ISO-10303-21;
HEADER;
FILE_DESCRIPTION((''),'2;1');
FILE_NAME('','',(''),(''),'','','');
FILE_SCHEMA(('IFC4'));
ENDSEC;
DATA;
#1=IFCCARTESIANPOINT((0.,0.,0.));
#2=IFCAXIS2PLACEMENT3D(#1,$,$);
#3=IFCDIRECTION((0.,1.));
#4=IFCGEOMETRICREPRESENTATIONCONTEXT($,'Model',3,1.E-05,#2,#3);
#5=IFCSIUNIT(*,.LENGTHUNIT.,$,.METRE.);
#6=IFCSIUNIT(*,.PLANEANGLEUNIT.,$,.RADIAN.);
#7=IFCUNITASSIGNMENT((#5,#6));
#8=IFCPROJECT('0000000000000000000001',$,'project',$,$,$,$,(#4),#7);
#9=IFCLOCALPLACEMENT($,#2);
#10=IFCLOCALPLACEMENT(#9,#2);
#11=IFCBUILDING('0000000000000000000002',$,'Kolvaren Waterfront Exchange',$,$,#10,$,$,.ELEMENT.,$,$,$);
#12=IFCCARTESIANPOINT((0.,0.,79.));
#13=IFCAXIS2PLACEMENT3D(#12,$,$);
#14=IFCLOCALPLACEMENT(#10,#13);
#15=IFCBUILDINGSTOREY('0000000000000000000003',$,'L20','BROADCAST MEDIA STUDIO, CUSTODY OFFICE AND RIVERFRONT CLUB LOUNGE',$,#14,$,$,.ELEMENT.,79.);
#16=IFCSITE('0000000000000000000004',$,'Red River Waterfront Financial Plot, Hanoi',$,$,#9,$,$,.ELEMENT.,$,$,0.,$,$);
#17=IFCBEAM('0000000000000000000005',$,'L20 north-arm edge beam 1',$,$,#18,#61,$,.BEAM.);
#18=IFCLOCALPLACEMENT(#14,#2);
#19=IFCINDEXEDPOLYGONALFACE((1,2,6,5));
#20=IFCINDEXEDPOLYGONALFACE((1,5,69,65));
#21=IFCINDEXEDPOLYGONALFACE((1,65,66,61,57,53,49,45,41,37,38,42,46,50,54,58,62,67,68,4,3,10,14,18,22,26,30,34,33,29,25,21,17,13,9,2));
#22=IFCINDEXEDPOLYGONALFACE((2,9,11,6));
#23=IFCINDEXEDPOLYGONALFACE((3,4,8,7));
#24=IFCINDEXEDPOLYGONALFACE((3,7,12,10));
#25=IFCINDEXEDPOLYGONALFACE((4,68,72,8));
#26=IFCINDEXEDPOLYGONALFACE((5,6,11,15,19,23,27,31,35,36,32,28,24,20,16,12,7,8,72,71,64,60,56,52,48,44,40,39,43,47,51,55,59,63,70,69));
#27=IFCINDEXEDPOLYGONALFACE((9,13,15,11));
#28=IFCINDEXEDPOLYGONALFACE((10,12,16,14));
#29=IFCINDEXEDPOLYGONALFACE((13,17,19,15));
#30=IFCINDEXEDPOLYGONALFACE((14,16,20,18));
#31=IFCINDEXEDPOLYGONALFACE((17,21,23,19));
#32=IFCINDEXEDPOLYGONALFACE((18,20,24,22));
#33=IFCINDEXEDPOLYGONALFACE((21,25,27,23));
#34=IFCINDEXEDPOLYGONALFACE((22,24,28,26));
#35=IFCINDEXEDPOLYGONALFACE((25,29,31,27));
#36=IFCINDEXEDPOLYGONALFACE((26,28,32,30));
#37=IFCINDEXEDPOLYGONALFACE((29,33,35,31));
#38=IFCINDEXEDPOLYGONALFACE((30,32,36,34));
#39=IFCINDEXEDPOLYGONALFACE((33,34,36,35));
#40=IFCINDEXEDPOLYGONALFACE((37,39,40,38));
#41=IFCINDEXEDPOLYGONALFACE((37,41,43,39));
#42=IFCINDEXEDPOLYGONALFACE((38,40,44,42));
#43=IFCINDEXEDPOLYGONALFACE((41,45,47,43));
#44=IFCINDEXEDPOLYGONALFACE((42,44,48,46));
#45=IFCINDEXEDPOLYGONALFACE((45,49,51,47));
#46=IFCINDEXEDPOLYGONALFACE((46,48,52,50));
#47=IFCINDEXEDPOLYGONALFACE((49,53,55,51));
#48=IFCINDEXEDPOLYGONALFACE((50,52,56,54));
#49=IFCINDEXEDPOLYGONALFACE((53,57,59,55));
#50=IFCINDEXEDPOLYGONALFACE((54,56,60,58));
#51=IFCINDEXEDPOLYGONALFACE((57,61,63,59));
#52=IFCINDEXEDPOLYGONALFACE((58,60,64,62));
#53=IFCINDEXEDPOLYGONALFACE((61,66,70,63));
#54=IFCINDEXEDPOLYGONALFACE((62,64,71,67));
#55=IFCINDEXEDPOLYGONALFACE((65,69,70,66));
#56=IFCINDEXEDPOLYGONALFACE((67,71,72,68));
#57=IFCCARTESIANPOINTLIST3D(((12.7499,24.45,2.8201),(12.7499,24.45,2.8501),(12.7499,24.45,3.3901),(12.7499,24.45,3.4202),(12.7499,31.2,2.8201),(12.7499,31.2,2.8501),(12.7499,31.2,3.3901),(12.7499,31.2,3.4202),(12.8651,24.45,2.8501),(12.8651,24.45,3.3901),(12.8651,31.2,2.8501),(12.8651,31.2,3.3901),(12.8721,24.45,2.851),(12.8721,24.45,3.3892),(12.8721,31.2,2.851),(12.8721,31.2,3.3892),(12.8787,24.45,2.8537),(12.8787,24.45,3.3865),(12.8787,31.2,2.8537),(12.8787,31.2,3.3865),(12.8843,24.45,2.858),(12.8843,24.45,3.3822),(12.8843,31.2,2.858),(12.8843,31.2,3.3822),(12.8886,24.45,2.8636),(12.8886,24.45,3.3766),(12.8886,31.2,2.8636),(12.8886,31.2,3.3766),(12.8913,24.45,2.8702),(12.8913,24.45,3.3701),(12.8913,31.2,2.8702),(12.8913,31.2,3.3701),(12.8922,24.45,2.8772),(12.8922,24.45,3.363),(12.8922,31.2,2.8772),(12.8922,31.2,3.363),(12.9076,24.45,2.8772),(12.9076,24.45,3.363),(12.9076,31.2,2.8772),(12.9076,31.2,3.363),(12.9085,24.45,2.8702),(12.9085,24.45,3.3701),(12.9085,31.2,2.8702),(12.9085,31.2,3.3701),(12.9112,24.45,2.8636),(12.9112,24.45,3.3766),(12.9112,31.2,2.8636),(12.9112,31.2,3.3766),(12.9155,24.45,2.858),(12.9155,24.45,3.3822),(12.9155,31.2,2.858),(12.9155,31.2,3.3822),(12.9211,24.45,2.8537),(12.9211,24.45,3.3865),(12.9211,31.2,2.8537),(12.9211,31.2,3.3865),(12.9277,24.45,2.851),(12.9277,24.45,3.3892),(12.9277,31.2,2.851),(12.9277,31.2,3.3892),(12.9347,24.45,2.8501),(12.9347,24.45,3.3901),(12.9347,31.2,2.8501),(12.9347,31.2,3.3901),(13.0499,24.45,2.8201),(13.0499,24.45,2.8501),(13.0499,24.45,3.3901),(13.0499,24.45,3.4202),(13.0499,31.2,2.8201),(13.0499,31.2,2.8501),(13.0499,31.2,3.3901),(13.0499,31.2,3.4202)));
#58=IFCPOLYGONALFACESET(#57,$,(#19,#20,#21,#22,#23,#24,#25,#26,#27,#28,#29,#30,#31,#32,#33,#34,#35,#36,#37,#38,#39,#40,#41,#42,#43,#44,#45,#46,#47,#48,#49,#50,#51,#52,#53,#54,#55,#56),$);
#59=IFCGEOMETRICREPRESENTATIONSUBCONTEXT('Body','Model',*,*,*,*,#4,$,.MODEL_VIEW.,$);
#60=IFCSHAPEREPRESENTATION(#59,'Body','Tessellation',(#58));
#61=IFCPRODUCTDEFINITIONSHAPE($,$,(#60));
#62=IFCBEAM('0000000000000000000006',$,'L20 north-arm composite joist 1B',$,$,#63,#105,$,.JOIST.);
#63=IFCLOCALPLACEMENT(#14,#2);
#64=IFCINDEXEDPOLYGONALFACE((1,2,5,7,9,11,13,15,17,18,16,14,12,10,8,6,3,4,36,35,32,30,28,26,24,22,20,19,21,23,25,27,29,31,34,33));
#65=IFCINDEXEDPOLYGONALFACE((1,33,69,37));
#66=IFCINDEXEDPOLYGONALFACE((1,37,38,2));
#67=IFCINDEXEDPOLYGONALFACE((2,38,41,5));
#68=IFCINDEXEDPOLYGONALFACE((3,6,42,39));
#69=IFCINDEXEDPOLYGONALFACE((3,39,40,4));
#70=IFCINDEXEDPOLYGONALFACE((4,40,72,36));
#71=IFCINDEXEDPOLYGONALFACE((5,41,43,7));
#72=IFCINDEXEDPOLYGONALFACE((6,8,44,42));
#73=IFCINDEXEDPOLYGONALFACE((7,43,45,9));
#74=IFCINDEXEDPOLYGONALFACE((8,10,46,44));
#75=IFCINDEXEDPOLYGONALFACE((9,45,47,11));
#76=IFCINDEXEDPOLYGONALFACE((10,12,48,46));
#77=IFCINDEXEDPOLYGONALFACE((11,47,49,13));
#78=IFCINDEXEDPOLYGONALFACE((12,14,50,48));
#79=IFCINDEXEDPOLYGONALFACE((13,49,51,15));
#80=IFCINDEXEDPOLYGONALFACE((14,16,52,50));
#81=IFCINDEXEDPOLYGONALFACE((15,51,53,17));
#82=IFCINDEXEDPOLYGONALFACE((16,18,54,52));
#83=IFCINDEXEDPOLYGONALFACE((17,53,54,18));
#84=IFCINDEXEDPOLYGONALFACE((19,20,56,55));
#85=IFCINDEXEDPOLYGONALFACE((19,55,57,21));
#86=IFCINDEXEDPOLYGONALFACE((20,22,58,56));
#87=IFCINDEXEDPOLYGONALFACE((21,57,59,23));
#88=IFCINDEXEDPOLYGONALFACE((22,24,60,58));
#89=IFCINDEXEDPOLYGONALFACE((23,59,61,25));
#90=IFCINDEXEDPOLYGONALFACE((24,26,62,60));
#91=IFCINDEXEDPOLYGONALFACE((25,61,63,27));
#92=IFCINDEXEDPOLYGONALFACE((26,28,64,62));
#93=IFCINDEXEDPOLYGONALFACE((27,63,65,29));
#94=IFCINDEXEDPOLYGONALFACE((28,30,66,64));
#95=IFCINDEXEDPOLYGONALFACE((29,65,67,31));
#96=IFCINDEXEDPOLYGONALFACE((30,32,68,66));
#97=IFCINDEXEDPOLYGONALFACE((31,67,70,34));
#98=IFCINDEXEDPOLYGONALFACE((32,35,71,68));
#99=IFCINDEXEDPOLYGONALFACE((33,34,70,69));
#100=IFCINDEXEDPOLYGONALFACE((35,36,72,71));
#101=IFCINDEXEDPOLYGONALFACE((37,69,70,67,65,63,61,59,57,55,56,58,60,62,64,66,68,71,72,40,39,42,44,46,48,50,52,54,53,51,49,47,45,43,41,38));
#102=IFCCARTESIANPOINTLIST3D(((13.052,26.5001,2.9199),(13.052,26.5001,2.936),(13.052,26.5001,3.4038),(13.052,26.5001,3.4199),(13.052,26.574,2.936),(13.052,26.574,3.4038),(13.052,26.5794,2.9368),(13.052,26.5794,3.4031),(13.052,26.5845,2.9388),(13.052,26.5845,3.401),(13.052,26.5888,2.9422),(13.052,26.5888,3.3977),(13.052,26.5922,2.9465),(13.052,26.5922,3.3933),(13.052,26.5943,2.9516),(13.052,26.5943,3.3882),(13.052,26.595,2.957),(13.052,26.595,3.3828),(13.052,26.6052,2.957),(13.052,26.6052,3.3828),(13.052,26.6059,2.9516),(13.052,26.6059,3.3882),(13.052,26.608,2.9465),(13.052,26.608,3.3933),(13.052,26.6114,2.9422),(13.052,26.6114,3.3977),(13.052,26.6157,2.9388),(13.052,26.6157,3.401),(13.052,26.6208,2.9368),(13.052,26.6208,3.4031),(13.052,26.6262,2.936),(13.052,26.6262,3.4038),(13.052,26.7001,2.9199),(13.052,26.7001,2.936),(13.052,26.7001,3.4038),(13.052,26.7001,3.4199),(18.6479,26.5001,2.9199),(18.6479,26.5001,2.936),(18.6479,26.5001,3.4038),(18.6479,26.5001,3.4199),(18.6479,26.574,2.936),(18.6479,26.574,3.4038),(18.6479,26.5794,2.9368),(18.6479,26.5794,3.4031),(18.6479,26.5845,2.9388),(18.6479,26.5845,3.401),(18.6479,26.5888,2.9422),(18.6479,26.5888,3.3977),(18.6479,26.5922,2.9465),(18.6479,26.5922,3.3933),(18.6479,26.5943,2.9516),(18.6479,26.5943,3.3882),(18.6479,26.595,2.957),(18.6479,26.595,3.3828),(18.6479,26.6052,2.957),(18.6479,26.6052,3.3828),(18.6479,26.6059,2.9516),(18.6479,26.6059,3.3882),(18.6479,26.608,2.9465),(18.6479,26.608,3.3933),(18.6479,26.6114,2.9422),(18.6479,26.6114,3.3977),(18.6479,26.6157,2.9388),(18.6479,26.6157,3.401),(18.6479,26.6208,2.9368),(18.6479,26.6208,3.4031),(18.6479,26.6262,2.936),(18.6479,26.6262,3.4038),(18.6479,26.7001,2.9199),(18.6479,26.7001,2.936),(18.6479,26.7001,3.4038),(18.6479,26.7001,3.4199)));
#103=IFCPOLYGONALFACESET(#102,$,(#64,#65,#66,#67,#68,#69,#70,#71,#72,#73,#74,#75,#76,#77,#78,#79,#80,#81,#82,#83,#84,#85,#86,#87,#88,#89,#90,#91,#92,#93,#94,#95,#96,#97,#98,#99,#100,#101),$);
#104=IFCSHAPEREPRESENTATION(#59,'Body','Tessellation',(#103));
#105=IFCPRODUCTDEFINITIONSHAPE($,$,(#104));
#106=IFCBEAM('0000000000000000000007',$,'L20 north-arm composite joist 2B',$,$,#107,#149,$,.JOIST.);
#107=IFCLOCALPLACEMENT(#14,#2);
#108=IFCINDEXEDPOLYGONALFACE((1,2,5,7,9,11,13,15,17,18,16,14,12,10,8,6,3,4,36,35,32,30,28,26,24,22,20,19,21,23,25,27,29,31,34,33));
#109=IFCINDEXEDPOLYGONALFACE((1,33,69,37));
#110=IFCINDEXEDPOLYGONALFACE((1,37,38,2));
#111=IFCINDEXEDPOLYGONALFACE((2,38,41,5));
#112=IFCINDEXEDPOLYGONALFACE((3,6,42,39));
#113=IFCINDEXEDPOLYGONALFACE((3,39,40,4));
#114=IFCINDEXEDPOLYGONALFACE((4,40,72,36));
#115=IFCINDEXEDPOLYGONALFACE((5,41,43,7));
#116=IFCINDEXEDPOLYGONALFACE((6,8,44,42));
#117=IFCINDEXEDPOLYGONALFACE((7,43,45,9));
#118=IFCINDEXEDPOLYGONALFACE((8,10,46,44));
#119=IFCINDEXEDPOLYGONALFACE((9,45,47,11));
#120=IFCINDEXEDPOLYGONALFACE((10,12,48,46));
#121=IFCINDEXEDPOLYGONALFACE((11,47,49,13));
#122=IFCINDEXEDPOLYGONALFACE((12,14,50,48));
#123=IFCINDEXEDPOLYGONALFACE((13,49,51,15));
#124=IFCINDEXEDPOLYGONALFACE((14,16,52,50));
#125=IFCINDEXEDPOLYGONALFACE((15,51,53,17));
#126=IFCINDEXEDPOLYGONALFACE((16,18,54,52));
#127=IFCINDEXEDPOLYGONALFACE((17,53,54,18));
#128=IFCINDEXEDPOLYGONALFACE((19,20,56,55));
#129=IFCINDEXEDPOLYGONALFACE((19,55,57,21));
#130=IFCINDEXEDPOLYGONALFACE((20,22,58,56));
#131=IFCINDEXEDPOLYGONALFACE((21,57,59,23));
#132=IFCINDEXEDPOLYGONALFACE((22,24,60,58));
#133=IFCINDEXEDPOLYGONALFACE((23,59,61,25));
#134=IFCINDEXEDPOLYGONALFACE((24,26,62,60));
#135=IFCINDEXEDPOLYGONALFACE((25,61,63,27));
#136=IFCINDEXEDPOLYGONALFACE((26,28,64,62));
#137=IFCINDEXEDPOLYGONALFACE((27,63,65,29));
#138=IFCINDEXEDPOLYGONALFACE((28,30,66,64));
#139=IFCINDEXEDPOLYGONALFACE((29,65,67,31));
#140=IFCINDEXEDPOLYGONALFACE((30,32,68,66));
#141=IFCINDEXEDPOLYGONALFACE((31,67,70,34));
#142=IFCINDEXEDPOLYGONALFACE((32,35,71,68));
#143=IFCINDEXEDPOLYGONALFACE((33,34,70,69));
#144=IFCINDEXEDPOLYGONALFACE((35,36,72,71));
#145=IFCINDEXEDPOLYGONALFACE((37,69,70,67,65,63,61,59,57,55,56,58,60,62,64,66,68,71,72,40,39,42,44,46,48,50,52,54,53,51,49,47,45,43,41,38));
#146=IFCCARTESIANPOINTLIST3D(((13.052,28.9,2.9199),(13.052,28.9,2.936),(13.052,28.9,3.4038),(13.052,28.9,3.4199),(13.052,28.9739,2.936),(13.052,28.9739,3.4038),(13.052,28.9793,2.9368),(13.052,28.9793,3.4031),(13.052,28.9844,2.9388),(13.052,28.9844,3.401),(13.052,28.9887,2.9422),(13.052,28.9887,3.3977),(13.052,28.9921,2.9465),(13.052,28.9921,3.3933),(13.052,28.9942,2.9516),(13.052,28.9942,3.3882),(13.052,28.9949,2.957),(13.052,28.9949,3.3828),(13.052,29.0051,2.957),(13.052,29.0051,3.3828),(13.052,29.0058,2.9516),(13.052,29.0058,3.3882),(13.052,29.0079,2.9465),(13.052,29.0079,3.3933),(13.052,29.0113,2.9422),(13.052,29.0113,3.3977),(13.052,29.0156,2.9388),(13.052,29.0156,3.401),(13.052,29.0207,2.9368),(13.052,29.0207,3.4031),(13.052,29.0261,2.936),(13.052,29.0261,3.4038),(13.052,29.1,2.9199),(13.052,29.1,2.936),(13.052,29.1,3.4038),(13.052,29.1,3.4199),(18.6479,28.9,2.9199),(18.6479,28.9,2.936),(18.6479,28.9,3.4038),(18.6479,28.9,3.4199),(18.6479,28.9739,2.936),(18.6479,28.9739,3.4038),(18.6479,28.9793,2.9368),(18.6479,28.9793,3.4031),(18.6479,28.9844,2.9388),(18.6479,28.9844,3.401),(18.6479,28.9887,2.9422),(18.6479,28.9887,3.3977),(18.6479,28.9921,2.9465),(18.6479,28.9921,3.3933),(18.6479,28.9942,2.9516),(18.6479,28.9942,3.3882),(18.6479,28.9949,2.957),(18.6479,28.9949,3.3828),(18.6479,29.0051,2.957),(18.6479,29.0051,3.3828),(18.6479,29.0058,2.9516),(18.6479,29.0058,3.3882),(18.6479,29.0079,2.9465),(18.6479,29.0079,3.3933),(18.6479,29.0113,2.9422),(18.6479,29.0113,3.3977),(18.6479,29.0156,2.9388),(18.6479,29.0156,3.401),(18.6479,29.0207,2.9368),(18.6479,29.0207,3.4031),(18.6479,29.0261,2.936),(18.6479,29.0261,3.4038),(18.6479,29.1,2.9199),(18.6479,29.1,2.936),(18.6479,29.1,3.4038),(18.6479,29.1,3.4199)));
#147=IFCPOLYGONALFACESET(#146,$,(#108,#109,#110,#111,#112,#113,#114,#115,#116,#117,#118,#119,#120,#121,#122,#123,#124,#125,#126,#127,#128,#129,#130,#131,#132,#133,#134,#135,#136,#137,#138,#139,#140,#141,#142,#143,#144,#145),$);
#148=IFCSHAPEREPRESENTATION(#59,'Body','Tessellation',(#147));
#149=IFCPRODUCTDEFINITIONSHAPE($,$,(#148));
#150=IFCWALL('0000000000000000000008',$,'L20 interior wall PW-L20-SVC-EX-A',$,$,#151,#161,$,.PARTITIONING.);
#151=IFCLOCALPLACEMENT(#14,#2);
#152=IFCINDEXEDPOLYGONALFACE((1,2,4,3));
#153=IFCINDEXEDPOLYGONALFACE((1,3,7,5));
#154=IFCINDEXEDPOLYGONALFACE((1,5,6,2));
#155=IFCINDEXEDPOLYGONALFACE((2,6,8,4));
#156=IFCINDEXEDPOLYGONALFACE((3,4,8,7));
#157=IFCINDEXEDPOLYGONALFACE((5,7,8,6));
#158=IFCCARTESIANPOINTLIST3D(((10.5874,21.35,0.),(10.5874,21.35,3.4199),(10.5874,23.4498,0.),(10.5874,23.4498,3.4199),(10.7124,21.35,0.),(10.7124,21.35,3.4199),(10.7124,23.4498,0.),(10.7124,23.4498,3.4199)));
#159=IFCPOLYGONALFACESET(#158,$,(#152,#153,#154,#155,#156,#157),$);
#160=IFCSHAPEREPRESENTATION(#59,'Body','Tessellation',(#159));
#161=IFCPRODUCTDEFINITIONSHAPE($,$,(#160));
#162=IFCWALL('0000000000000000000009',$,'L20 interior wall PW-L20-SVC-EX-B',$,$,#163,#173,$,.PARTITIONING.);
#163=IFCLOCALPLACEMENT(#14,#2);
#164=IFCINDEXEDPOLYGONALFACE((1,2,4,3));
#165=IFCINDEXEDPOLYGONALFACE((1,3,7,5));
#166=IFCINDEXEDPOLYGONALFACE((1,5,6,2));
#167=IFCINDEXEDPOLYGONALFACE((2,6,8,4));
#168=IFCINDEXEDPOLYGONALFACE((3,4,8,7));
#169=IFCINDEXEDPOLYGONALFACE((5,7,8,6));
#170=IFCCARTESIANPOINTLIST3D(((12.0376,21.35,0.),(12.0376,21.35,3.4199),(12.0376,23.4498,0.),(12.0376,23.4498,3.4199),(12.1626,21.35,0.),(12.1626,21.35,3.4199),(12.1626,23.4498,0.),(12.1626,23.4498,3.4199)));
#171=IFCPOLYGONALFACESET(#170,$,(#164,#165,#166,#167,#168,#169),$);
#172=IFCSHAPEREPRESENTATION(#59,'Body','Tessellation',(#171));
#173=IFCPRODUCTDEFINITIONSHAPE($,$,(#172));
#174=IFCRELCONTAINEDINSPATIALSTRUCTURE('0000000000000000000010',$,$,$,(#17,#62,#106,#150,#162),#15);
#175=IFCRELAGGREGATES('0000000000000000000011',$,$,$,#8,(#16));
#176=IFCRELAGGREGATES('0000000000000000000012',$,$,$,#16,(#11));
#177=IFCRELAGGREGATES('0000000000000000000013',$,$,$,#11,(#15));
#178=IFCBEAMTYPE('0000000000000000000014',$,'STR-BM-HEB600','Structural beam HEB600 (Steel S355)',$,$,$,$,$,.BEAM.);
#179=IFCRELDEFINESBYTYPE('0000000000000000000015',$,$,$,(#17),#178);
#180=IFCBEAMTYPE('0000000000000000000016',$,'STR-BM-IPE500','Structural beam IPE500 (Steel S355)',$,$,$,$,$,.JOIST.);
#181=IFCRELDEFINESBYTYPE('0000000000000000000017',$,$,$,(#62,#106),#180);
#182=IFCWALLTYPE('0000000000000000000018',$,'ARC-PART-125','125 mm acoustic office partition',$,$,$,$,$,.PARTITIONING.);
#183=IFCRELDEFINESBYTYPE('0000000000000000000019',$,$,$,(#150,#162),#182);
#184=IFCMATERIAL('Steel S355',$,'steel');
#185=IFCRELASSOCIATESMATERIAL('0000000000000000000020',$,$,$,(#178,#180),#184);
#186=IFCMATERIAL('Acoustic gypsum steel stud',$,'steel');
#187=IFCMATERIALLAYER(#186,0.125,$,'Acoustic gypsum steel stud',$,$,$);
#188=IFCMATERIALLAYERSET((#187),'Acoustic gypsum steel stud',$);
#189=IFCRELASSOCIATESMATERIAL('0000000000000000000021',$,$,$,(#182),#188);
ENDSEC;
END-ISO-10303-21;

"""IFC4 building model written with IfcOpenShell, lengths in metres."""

from ifc_helpers import new_model, si_unit, direction, frame, frame_2d, origin, origin_2d, place, context, subcontext, project, spatial, rectangle, i_section, extrude, material, layer, layer_set, material_profile, profile_set, type_object, element, save


model = new_model("IFC4")

# Units and contexts
model_context = context("Model", 3, precision=1e-05, world=origin(), true_north=direction((0.0, 1.0)))
body_context = subcontext(model_context, "Body", "Model", "MODEL_VIEW")
ifc_project = project(units=[si_unit("LENGTHUNIT", "METRE"), si_unit("PLANEANGLEUNIT", "RADIAN")], contexts=[model_context])

# Site, building, storey
site_placement = place(None, origin())
site = spatial("IfcSite", under=ifc_project, at=site_placement, Name="Red River Waterfront Financial Plot, Hanoi", CompositionType="ELEMENT", RefElevation=0.0)
building_placement = place(site_placement, origin())
building = spatial("IfcBuilding", under=site, at=building_placement, Name="Kolvaren Waterfront Exchange", CompositionType="ELEMENT")
storey_placement = place(building_placement, frame((0.0, 0.0, 79.0)))
storey = spatial("IfcBuildingStorey", under=building, at=storey_placement, Name="L20", Description="BROADCAST MEDIA STUDIO, CUSTODY OFFICE AND RIVERFRONT CLUB LOUNGE", CompositionType="ELEMENT", Elevation=79.0)

# Beams
ifc_material_1 = material(Name="Steel S355", Category="steel")
ifc_material_profile_1 = material_profile(ifc_material_1, i_section(OverallWidth=0.3, OverallDepth=0.6001, WebThickness=0.0154, FlangeThickness=0.03, FilletRadius=0.0271, at=origin_2d()), Name="HEB600")
ifc_profile_set_1 = profile_set([ifc_material_profile_1], Name="Steel S355")
beam_type_1 = type_object("IfcBeamType", Name="STR-BM-HEB600", Description="Structural beam HEB600 (Steel S355)", PredefinedType="BEAM", material=ifc_profile_set_1)
beam_1_placement = place(storey_placement, frame((12.8999, 24.45, 3.1201), z_axis=(0.0, 1.0, 0.0), x_axis=(-1.0, 0.0, 0.0)))
element("IfcBeam", 1, at=beam_1_placement, inside=storey, type_object=beam_type_1, Name="L20 north-arm edge beam 1", PredefinedType="BEAM", context=body_context, shape_type="SweptSolid", body=[
    extrude(i_section(OverallWidth=0.3, OverallDepth=0.6001, WebThickness=0.0154, FlangeThickness=0.03, FilletRadius=0.0271, at=origin_2d()), origin(), (0.0, 0.0, 1.0), 6.75),
])
ifc_material_profile_2 = material_profile(ifc_material_1, i_section(OverallWidth=0.2, OverallDepth=0.5, WebThickness=0.0103, FlangeThickness=0.0161, FilletRadius=0.021, at=origin_2d()), Name="IPE500")
ifc_profile_set_2 = profile_set([ifc_material_profile_2], Name="Steel S355")
beam_type_2 = type_object("IfcBeamType", Name="STR-BM-IPE500", Description="Structural beam IPE500 (Steel S355)", PredefinedType="JOIST", material=ifc_profile_set_2)
for number, where, z_axis, x_axis, name in (
    (2, (13.052, 26.6001, 3.1699), (1.0, 0.0, 0.0), (0.0, 1.0, 0.0), "L20 north-arm composite joist 1B"),
    (3, (13.052, 29.0, 3.1699), (1.0, 0.0, 0.0), (0.0, 1.0, 0.0), "L20 north-arm composite joist 2B"),
):
    element("IfcBeam", number, at=place(storey_placement, frame(where, z_axis=z_axis, x_axis=x_axis)), inside=storey, type_object=beam_type_2, Name=name, PredefinedType="JOIST", context=body_context, shape_type="SweptSolid", body=[
        extrude(i_section(OverallWidth=0.2, OverallDepth=0.5, WebThickness=0.0103, FlangeThickness=0.0161, FilletRadius=0.021, at=origin_2d()), origin(), (0.0, 0.0, 1.0), 5.5959),
    ])

# Shared definitions
ifc_material_2 = material(Name="Acoustic gypsum steel stud", Category="steel")
ifc_layer_1 = layer(ifc_material_2, 0.125, Name="Acoustic gypsum steel stud")
ifc_layer_set_1 = layer_set([ifc_layer_1], Name="Acoustic gypsum steel stud")
wall_type_1 = type_object("IfcWallType", Name="ARC-PART-125", Description="125 mm acoustic office partition", PredefinedType="PARTITIONING", material=ifc_layer_set_1)

# Walls
for number, where, z_axis, x_axis, name in (
    (4, (10.6499, 21.3501, 0.0), (0.0, 0.0, 1.0), (0.0, 1.0, 0.0), "L20 interior wall PW-L20-SVC-EX-A"),
    (5, (12.1001, 21.3501, 0.0), (0.0, 0.0, 1.0), (0.0, 1.0, 0.0), "L20 interior wall PW-L20-SVC-EX-B"),
):
    element("IfcWall", number, at=place(storey_placement, frame(where, z_axis=z_axis, x_axis=x_axis)), inside=storey, type_object=wall_type_1, Name=name, PredefinedType="PARTITIONING", context=body_context, shape_type="SweptSolid", body=[
        extrude(rectangle(XDim=2.0999, YDim=0.125, at=frame_2d((1.0498, 0.0))), origin(), (0.0, 0.0, 1.0), 3.4199),
    ])

save(model, "model.ifc")
